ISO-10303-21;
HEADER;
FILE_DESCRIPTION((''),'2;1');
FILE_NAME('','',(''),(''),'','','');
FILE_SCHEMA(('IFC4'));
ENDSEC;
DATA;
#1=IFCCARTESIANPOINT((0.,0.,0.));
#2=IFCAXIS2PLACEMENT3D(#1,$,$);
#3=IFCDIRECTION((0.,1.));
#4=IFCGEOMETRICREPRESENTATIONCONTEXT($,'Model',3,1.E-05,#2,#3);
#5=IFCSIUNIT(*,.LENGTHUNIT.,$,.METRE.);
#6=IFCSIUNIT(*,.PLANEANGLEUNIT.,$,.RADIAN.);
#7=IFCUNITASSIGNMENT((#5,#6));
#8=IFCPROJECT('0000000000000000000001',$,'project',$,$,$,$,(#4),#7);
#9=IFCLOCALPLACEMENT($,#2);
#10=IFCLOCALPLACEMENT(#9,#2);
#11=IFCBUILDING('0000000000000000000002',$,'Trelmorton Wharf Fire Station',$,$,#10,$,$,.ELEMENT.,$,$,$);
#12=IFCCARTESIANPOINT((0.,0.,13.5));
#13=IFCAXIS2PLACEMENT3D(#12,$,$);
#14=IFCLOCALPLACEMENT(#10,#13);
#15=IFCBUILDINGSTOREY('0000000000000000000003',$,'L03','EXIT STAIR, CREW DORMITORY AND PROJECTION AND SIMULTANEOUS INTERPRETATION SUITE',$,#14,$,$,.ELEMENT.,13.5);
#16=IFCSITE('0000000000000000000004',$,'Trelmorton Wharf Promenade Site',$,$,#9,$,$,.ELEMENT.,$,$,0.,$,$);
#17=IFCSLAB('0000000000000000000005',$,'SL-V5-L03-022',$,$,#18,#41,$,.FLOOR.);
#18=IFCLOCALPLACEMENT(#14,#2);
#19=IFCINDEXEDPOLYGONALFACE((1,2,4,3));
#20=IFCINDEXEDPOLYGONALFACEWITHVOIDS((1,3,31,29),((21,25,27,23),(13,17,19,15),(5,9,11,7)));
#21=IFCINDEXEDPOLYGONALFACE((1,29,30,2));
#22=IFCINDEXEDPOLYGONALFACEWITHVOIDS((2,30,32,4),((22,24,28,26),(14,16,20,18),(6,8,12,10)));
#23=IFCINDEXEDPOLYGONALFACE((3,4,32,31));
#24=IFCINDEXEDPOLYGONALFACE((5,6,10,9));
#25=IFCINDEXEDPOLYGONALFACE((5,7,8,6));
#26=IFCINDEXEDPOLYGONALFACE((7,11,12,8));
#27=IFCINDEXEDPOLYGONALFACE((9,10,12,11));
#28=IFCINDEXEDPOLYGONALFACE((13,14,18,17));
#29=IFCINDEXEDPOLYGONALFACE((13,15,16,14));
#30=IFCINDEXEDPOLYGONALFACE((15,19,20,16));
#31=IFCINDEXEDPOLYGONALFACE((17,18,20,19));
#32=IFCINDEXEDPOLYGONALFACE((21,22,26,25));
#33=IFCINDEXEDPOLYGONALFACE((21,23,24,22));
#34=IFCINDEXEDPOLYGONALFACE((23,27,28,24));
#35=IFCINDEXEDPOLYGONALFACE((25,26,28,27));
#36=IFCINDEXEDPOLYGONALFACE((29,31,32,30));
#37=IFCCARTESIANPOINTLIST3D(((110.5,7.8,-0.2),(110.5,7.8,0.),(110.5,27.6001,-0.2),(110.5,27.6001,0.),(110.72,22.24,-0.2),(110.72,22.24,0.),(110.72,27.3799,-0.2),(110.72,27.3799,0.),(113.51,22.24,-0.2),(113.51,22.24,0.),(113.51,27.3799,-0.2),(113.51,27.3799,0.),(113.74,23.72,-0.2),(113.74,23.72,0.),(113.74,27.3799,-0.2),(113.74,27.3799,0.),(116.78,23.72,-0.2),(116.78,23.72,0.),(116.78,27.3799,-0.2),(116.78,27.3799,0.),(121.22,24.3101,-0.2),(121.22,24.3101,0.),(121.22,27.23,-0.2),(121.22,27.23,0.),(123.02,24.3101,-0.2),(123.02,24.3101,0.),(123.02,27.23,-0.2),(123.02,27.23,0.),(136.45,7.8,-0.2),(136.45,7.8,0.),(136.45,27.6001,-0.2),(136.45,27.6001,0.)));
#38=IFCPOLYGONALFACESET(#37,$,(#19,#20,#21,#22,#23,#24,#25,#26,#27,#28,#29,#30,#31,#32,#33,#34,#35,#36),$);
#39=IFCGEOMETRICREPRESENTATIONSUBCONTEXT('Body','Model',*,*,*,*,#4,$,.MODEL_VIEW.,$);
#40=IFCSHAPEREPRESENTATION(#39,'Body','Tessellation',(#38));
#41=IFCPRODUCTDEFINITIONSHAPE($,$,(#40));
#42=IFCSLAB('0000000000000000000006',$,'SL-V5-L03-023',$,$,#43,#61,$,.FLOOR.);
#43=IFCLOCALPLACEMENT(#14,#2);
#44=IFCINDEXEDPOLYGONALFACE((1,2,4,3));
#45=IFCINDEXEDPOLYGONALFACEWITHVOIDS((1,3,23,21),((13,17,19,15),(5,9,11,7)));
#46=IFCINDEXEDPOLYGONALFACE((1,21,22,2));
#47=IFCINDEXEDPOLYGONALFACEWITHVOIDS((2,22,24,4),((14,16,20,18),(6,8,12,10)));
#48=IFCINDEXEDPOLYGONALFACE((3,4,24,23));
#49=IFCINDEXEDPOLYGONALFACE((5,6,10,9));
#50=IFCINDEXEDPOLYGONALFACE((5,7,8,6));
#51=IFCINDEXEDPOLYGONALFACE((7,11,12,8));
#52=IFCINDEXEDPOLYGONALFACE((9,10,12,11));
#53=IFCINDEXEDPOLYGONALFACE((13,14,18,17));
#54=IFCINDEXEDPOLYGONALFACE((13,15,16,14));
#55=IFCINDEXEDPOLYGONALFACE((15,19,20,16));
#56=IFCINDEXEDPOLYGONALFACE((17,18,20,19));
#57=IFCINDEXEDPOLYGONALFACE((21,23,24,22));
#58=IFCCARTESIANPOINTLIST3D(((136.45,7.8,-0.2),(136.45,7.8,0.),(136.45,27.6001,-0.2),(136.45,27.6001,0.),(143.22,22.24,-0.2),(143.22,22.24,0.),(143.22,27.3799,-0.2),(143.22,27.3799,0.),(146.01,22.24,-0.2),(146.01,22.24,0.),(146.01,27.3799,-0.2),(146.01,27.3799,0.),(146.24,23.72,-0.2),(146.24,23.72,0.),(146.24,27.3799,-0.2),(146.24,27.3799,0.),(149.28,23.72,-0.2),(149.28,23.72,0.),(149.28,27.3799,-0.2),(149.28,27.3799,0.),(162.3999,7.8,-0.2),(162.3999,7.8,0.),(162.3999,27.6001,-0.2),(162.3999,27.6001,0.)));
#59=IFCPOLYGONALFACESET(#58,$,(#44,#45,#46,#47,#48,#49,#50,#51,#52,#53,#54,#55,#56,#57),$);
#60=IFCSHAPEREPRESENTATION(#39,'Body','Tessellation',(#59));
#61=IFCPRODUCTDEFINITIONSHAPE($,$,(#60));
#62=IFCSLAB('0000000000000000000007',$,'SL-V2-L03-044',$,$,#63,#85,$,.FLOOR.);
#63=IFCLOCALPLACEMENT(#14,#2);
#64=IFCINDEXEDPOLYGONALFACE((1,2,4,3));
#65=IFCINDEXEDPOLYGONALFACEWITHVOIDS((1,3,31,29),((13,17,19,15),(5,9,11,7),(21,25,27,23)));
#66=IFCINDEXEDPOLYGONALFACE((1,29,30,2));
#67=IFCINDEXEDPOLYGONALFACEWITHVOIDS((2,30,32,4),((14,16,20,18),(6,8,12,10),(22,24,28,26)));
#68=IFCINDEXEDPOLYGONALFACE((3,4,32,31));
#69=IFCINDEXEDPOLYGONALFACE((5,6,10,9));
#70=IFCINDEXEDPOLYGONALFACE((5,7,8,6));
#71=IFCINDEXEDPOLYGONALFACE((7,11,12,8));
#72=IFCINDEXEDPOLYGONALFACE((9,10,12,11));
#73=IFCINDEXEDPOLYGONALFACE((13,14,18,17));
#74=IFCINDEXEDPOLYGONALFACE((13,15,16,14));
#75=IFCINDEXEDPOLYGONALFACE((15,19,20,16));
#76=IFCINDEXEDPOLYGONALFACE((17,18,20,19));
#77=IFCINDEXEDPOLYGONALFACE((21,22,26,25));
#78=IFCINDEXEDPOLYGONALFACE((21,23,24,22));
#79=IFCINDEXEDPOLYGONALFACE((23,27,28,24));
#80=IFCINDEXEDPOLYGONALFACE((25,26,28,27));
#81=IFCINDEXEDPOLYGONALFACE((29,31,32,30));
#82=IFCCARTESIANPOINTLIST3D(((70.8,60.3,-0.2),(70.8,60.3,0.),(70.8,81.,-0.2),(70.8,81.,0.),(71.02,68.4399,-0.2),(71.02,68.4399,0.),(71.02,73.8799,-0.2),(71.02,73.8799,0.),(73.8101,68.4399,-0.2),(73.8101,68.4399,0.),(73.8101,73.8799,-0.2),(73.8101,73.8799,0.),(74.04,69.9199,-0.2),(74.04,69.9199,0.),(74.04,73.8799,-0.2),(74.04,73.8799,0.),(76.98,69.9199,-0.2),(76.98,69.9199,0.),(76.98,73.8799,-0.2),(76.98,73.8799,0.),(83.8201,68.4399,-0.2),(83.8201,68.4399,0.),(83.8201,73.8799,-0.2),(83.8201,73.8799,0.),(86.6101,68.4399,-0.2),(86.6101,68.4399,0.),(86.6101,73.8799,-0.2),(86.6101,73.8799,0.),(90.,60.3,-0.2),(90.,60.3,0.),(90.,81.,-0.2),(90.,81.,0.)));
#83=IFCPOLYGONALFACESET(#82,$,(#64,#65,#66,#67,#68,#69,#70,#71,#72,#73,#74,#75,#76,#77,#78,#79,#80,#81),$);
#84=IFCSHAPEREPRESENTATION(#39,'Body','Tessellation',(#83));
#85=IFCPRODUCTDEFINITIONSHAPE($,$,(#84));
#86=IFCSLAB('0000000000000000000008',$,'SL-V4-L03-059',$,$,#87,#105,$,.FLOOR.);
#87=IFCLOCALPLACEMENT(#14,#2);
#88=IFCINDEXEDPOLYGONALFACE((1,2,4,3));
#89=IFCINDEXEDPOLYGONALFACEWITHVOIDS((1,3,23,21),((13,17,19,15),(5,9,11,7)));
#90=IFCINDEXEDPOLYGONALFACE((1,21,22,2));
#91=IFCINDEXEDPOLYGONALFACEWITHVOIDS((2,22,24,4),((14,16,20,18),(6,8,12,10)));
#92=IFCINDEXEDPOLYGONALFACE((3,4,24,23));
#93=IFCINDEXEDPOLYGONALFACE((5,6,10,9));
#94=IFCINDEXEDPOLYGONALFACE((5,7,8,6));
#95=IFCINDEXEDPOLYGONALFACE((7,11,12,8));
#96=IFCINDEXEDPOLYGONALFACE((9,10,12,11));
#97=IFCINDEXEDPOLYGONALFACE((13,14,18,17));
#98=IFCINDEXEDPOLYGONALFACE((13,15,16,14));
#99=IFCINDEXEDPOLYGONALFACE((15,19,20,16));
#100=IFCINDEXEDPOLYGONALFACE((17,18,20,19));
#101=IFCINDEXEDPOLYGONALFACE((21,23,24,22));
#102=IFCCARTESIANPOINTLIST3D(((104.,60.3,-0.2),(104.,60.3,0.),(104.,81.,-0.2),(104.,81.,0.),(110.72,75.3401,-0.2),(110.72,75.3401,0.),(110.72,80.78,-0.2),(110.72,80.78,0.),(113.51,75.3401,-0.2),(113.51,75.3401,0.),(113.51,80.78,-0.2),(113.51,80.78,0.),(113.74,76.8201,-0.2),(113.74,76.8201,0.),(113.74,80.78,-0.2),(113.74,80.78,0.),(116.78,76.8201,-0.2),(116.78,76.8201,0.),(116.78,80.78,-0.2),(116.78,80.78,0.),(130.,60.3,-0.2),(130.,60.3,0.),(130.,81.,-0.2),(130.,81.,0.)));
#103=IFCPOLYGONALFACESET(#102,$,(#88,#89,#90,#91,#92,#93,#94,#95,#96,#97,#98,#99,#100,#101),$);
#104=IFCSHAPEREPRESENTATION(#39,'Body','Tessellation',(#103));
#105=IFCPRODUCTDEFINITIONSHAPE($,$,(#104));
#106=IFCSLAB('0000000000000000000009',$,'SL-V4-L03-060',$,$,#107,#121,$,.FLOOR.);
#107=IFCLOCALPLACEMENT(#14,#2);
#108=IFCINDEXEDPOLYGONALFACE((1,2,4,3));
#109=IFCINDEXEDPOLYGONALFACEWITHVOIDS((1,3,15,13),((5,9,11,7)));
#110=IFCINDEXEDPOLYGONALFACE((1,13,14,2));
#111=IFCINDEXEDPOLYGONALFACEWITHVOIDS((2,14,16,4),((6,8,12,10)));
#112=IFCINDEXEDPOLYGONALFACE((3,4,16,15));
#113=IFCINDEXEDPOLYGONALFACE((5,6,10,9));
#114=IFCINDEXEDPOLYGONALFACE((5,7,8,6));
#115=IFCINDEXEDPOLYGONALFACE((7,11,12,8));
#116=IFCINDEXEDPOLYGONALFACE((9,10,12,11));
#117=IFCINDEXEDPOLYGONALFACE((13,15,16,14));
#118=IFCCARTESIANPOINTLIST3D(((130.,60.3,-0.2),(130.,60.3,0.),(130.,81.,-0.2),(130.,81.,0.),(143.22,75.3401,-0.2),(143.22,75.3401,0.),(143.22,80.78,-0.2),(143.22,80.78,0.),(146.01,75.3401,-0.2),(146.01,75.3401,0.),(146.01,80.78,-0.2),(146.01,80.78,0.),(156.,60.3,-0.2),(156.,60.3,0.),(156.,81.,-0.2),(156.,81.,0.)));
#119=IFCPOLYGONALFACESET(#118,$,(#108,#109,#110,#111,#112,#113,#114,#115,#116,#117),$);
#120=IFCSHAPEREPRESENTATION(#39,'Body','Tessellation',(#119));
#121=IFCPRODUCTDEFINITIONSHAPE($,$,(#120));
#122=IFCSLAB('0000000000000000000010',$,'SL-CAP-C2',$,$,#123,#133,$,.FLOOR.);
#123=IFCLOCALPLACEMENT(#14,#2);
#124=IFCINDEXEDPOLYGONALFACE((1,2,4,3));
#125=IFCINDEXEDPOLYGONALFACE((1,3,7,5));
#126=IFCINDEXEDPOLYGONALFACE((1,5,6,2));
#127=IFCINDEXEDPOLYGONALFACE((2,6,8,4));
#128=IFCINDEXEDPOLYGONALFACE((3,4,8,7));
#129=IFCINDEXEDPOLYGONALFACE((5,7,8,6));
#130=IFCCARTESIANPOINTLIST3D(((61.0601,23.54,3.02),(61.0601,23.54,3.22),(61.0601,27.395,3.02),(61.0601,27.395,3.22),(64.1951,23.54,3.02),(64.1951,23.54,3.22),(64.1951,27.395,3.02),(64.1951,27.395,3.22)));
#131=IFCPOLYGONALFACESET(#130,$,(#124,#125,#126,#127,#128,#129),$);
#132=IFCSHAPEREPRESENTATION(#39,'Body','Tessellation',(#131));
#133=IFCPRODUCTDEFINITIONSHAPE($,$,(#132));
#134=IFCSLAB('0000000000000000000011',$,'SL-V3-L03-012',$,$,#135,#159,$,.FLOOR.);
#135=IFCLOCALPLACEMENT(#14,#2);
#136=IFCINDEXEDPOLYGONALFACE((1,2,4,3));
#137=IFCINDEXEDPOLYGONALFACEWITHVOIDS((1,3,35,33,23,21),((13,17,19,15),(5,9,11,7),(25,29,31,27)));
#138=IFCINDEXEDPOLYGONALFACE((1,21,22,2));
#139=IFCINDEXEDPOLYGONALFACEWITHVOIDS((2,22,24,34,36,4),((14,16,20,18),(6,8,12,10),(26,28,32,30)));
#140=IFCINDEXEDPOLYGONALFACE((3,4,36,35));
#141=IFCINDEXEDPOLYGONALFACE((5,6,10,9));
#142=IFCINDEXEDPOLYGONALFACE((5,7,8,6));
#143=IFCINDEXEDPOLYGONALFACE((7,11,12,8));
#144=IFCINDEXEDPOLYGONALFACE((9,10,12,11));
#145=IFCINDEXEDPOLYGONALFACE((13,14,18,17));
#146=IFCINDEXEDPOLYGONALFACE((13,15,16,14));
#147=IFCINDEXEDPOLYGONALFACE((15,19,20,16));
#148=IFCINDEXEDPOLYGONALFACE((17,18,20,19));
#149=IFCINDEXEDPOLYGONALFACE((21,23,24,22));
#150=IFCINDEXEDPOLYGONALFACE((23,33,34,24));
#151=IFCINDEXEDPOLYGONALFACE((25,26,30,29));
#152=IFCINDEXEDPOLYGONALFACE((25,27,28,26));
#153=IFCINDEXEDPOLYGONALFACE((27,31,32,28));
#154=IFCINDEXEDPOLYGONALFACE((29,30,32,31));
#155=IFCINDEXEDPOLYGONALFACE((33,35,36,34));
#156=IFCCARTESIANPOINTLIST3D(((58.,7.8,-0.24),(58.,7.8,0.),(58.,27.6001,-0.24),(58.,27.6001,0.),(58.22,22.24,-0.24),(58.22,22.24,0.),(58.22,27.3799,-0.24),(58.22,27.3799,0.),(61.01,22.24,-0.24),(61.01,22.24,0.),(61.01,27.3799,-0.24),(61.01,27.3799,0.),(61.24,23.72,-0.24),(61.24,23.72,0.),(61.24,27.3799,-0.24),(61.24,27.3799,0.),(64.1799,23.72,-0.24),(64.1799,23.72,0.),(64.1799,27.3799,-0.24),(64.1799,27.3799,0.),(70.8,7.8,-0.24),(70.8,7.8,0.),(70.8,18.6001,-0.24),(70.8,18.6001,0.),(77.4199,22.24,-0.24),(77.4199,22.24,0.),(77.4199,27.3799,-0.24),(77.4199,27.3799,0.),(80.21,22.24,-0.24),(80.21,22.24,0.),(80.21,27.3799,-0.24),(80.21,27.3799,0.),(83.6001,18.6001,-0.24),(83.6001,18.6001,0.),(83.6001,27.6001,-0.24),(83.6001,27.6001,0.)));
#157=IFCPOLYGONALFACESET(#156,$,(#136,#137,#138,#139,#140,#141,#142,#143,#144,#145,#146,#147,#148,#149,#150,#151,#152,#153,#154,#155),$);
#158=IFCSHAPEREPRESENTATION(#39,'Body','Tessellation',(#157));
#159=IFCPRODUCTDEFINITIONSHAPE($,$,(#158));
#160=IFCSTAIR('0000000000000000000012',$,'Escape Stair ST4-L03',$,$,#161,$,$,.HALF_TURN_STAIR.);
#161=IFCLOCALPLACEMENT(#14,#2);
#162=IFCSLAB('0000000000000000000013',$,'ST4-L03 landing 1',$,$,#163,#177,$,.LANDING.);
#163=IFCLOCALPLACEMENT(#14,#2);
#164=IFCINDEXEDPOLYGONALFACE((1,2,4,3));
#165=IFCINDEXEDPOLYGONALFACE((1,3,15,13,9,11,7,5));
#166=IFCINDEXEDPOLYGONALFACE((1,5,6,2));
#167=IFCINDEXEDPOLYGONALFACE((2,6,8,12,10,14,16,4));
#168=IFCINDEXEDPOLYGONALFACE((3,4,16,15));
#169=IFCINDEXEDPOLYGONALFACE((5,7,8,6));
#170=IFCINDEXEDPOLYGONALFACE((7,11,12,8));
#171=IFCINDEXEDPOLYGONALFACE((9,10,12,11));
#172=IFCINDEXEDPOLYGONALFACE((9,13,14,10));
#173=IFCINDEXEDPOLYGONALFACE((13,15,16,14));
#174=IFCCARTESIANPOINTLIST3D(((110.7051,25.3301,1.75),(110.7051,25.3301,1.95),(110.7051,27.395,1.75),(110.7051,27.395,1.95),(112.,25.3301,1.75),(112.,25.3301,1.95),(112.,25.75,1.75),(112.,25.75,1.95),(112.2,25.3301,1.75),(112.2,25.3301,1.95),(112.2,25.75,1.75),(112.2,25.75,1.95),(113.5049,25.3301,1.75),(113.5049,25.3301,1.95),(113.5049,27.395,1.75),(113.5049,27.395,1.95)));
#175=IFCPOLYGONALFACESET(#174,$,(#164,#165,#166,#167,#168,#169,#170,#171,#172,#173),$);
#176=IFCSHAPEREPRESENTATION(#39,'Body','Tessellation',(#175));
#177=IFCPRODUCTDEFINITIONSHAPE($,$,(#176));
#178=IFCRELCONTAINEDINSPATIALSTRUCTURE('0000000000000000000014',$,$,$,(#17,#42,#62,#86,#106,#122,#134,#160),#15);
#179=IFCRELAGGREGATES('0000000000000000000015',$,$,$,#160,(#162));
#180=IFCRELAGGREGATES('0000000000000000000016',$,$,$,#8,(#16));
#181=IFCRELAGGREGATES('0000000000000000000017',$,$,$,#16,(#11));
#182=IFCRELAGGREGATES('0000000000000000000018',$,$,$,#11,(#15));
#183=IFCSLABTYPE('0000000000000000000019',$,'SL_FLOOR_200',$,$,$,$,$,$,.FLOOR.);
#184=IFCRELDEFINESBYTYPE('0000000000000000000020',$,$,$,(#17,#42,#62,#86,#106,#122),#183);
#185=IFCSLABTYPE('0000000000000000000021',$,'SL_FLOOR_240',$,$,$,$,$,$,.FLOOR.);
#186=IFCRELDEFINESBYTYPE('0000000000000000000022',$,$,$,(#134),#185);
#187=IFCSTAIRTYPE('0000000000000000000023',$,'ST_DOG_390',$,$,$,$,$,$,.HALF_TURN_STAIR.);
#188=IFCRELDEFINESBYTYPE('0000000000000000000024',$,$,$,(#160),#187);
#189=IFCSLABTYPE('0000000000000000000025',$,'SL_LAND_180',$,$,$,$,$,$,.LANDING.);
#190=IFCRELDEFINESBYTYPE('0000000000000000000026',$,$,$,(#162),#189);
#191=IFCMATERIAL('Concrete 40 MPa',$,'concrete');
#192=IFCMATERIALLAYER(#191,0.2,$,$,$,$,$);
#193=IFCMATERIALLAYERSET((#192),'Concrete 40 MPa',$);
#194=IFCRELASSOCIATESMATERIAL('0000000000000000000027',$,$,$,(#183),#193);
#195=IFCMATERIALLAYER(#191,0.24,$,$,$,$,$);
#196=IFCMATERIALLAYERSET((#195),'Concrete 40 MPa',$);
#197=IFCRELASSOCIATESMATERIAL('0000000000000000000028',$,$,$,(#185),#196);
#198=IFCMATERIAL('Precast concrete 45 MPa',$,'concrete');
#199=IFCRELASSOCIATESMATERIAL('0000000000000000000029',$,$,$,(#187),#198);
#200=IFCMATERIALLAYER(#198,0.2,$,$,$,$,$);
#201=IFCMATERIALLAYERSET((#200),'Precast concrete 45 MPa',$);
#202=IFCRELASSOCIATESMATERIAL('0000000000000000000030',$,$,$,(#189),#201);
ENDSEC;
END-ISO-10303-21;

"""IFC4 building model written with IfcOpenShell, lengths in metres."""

from ifc_helpers import new_model, si_unit, direction, frame, origin, place, context, subcontext, project, spatial, polyline, outline, extrude, material, layer, layer_set, type_object, element, aggregate, save


model = new_model("IFC4")

# Units and contexts
model_context = context("Model", 3, precision=1e-05, world=origin(), true_north=direction((0.0, 1.0)))
body_context = subcontext(model_context, "Body", "Model", "MODEL_VIEW")
ifc_project = project(units=[si_unit("LENGTHUNIT", "METRE"), si_unit("PLANEANGLEUNIT", "RADIAN")], contexts=[model_context])

# Site, building, storey
site_placement = place(None, origin())
site = spatial("IfcSite", under=ifc_project, at=site_placement, Name="Trelmorton Wharf Promenade Site", CompositionType="ELEMENT", RefElevation=0.0)
building_placement = place(site_placement, origin())
building = spatial("IfcBuilding", under=site, at=building_placement, Name="Trelmorton Wharf Fire Station", CompositionType="ELEMENT")
storey_placement = place(building_placement, frame((0.0, 0.0, 13.5)))
storey = spatial("IfcBuildingStorey", under=building, at=storey_placement, Name="L03", Description="EXIT STAIR, CREW DORMITORY AND PROJECTION AND SIMULTANEOUS INTERPRETATION SUITE", CompositionType="ELEMENT", Elevation=13.5)

# Slabs
ifc_material_1 = material(Name="Concrete 40 MPa", Category="concrete")
ifc_layer_1 = layer(ifc_material_1, 0.2)
ifc_layer_set_1 = layer_set([ifc_layer_1], Name="Concrete 40 MPa")
slab_type_1 = type_object("IfcSlabType", Name="SL_FLOOR_200", PredefinedType="FLOOR", material=ifc_layer_set_1)
slab_1_placement = place(storey_placement, frame((0.0, 0.0, -0.2)))
element("IfcSlab", 1, at=slab_1_placement, inside=storey, type_object=slab_type_1, Name="SL-V5-L03-022", PredefinedType="FLOOR", context=body_context, shape_type="SweptSolid", body=[
    extrude(outline(polyline([(110.5, 27.6001), (136.45, 27.6001), (136.45, 7.8), (110.5, 7.8), (110.5, 27.6001)]), holes=[polyline([(110.72, 27.3799), (110.72, 22.24), (113.51, 22.24), (113.51, 27.3799), (110.72, 27.3799)]), polyline([(116.78, 27.3799), (113.74, 27.3799), (113.74, 23.72), (116.78, 23.72), (116.78, 27.3799)]), polyline([(123.02, 24.3101), (123.02, 27.23), (121.22, 27.23), (121.22, 24.3101), (123.02, 24.3101)])]), origin(), (0.0, 0.0, 1.0), 0.2),
])
slab_2_placement = place(storey_placement, frame((0.0, 0.0, -0.2)))
element("IfcSlab", 2, at=slab_2_placement, inside=storey, type_object=slab_type_1, Name="SL-V5-L03-023", PredefinedType="FLOOR", context=body_context, shape_type="SweptSolid", body=[
    extrude(outline(polyline([(162.3999, 27.6001), (162.3999, 7.8), (136.45, 7.8), (136.45, 27.6001), (162.3999, 27.6001)]), holes=[polyline([(143.22, 22.24), (146.01, 22.24), (146.01, 27.3799), (143.22, 27.3799), (143.22, 22.24)]), polyline([(146.24, 27.3799), (146.24, 23.72), (149.28, 23.72), (149.28, 27.3799), (146.24, 27.3799)])]), origin(), (0.0, 0.0, 1.0), 0.2),
])
slab_3_placement = place(storey_placement, frame((0.0, 0.0, -0.2)))
element("IfcSlab", 3, at=slab_3_placement, inside=storey, type_object=slab_type_1, Name="SL-V2-L03-044", PredefinedType="FLOOR", context=body_context, shape_type="SweptSolid", body=[
    extrude(outline(polyline([(90.0, 81.0), (90.0, 60.3), (70.8, 60.3), (70.8, 81.0), (90.0, 81.0)]), holes=[polyline([(71.02, 68.4399), (73.8101, 68.4399), (73.8101, 73.8799), (71.02, 73.8799), (71.02, 68.4399)]), polyline([(74.04, 73.8799), (74.04, 69.9199), (76.98, 69.9199), (76.98, 73.8799), (74.04, 73.8799)]), polyline([(86.6101, 73.8799), (83.8201, 73.8799), (83.8201, 68.4399), (86.6101, 68.4399), (86.6101, 73.8799)])]), origin(), (0.0, 0.0, 1.0), 0.2),
])
slab_4_placement = place(storey_placement, frame((0.0, 0.0, -0.2)))
element("IfcSlab", 4, at=slab_4_placement, inside=storey, type_object=slab_type_1, Name="SL-V4-L03-059", PredefinedType="FLOOR", context=body_context, shape_type="SweptSolid", body=[
    extrude(outline(polyline([(104.0, 60.3), (104.0, 81.0), (130.0, 81.0), (130.0, 60.3), (104.0, 60.3)]), holes=[polyline([(113.51, 75.3401), (113.51, 80.78), (110.72, 80.78), (110.72, 75.3401), (113.51, 75.3401)]), polyline([(113.74, 76.8201), (116.78, 76.8201), (116.78, 80.78), (113.74, 80.78), (113.74, 76.8201)])]), origin(), (0.0, 0.0, 1.0), 0.2),
])
slab_5_placement = place(storey_placement, frame((0.0, 0.0, -0.2)))
element("IfcSlab", 5, at=slab_5_placement, inside=storey, type_object=slab_type_1, Name="SL-V4-L03-060", PredefinedType="FLOOR", context=body_context, shape_type="SweptSolid", body=[
    extrude(outline(polyline([(156.0, 60.3), (130.0, 60.3), (130.0, 81.0), (156.0, 81.0), (156.0, 60.3)]), holes=[polyline([(143.22, 80.78), (143.22, 75.3401), (146.01, 75.3401), (146.01, 80.78), (143.22, 80.78)])]), origin(), (0.0, 0.0, 1.0), 0.2),
])
slab_6_placement = place(storey_placement, frame((0.0, 0.0, 3.02)))
element("IfcSlab", 6, at=slab_6_placement, inside=storey, type_object=slab_type_1, Name="SL-CAP-C2", PredefinedType="FLOOR", context=body_context, shape_type="SweptSolid", body=[
    extrude(outline(polyline([(61.0601, 23.54), (64.1951, 23.54), (64.1951, 27.395), (61.0601, 27.395), (61.0601, 23.54)])), origin(), (0.0, 0.0, 1.0), 0.2),
])
ifc_layer_2 = layer(ifc_material_1, 0.24)
ifc_layer_set_2 = layer_set([ifc_layer_2], Name="Concrete 40 MPa")
slab_type_2 = type_object("IfcSlabType", Name="SL_FLOOR_240", PredefinedType="FLOOR", material=ifc_layer_set_2)
slab_7_placement = place(storey_placement, frame((0.0, 0.0, -0.24)))
element("IfcSlab", 7, at=slab_7_placement, inside=storey, type_object=slab_type_2, Name="SL-V3-L03-012", PredefinedType="FLOOR", context=body_context, shape_type="SweptSolid", body=[
    extrude(outline(polyline([(83.6001, 18.6001), (70.8, 18.6001), (70.8, 7.8), (58.0, 7.8), (58.0, 27.6001), (83.6001, 27.6001), (83.6001, 18.6001)]), holes=[polyline([(58.22, 22.24), (61.01, 22.24), (61.01, 27.3799), (58.22, 27.3799), (58.22, 22.24)]), polyline([(61.24, 27.3799), (61.24, 23.72), (64.1799, 23.72), (64.1799, 27.3799), (61.24, 27.3799)]), polyline([(80.21, 27.3799), (77.4199, 27.3799), (77.4199, 22.24), (80.21, 22.24), (80.21, 27.3799)])]), origin(), (0.0, 0.0, 1.0), 0.24),
])

# Stair, slab
ifc_material_2 = material(Name="Precast concrete 45 MPa", Category="concrete")
stair_type_1 = type_object("IfcStairType", Name="ST_DOG_390", PredefinedType="HALF_TURN_STAIR", material=ifc_material_2)
stair_1_placement = place(storey_placement, origin())
stair_1 = element("IfcStair", 8, at=stair_1_placement, inside=storey, type_object=stair_type_1, Name="Escape Stair ST4-L03", PredefinedType="HALF_TURN_STAIR")
ifc_layer_3 = layer(ifc_material_2, 0.2)
ifc_layer_set_3 = layer_set([ifc_layer_3], Name="Precast concrete 45 MPa")
slab_type_3 = type_object("IfcSlabType", Name="SL_LAND_180", PredefinedType="LANDING", material=ifc_layer_set_3)
slab_8_placement = place(storey_placement, frame((0.0, 0.0, 1.75)))
slab_8 = element("IfcSlab", 9, at=slab_8_placement, type_object=slab_type_3, Name="ST4-L03 landing 1", PredefinedType="LANDING", context=body_context, shape_type="SweptSolid", body=[
    extrude(outline(polyline([(110.7051, 25.3301), (112.0, 25.3301), (112.0, 25.75), (112.2, 25.75), (112.2, 25.3301), (113.5049, 25.3301), (113.5049, 27.395), (110.7051, 27.395), (110.7051, 25.3301)])), origin(), (0.0, 0.0, 1.0), 0.2),
])
aggregate(stair_1, [slab_8])

save(model, "model.ifc")
